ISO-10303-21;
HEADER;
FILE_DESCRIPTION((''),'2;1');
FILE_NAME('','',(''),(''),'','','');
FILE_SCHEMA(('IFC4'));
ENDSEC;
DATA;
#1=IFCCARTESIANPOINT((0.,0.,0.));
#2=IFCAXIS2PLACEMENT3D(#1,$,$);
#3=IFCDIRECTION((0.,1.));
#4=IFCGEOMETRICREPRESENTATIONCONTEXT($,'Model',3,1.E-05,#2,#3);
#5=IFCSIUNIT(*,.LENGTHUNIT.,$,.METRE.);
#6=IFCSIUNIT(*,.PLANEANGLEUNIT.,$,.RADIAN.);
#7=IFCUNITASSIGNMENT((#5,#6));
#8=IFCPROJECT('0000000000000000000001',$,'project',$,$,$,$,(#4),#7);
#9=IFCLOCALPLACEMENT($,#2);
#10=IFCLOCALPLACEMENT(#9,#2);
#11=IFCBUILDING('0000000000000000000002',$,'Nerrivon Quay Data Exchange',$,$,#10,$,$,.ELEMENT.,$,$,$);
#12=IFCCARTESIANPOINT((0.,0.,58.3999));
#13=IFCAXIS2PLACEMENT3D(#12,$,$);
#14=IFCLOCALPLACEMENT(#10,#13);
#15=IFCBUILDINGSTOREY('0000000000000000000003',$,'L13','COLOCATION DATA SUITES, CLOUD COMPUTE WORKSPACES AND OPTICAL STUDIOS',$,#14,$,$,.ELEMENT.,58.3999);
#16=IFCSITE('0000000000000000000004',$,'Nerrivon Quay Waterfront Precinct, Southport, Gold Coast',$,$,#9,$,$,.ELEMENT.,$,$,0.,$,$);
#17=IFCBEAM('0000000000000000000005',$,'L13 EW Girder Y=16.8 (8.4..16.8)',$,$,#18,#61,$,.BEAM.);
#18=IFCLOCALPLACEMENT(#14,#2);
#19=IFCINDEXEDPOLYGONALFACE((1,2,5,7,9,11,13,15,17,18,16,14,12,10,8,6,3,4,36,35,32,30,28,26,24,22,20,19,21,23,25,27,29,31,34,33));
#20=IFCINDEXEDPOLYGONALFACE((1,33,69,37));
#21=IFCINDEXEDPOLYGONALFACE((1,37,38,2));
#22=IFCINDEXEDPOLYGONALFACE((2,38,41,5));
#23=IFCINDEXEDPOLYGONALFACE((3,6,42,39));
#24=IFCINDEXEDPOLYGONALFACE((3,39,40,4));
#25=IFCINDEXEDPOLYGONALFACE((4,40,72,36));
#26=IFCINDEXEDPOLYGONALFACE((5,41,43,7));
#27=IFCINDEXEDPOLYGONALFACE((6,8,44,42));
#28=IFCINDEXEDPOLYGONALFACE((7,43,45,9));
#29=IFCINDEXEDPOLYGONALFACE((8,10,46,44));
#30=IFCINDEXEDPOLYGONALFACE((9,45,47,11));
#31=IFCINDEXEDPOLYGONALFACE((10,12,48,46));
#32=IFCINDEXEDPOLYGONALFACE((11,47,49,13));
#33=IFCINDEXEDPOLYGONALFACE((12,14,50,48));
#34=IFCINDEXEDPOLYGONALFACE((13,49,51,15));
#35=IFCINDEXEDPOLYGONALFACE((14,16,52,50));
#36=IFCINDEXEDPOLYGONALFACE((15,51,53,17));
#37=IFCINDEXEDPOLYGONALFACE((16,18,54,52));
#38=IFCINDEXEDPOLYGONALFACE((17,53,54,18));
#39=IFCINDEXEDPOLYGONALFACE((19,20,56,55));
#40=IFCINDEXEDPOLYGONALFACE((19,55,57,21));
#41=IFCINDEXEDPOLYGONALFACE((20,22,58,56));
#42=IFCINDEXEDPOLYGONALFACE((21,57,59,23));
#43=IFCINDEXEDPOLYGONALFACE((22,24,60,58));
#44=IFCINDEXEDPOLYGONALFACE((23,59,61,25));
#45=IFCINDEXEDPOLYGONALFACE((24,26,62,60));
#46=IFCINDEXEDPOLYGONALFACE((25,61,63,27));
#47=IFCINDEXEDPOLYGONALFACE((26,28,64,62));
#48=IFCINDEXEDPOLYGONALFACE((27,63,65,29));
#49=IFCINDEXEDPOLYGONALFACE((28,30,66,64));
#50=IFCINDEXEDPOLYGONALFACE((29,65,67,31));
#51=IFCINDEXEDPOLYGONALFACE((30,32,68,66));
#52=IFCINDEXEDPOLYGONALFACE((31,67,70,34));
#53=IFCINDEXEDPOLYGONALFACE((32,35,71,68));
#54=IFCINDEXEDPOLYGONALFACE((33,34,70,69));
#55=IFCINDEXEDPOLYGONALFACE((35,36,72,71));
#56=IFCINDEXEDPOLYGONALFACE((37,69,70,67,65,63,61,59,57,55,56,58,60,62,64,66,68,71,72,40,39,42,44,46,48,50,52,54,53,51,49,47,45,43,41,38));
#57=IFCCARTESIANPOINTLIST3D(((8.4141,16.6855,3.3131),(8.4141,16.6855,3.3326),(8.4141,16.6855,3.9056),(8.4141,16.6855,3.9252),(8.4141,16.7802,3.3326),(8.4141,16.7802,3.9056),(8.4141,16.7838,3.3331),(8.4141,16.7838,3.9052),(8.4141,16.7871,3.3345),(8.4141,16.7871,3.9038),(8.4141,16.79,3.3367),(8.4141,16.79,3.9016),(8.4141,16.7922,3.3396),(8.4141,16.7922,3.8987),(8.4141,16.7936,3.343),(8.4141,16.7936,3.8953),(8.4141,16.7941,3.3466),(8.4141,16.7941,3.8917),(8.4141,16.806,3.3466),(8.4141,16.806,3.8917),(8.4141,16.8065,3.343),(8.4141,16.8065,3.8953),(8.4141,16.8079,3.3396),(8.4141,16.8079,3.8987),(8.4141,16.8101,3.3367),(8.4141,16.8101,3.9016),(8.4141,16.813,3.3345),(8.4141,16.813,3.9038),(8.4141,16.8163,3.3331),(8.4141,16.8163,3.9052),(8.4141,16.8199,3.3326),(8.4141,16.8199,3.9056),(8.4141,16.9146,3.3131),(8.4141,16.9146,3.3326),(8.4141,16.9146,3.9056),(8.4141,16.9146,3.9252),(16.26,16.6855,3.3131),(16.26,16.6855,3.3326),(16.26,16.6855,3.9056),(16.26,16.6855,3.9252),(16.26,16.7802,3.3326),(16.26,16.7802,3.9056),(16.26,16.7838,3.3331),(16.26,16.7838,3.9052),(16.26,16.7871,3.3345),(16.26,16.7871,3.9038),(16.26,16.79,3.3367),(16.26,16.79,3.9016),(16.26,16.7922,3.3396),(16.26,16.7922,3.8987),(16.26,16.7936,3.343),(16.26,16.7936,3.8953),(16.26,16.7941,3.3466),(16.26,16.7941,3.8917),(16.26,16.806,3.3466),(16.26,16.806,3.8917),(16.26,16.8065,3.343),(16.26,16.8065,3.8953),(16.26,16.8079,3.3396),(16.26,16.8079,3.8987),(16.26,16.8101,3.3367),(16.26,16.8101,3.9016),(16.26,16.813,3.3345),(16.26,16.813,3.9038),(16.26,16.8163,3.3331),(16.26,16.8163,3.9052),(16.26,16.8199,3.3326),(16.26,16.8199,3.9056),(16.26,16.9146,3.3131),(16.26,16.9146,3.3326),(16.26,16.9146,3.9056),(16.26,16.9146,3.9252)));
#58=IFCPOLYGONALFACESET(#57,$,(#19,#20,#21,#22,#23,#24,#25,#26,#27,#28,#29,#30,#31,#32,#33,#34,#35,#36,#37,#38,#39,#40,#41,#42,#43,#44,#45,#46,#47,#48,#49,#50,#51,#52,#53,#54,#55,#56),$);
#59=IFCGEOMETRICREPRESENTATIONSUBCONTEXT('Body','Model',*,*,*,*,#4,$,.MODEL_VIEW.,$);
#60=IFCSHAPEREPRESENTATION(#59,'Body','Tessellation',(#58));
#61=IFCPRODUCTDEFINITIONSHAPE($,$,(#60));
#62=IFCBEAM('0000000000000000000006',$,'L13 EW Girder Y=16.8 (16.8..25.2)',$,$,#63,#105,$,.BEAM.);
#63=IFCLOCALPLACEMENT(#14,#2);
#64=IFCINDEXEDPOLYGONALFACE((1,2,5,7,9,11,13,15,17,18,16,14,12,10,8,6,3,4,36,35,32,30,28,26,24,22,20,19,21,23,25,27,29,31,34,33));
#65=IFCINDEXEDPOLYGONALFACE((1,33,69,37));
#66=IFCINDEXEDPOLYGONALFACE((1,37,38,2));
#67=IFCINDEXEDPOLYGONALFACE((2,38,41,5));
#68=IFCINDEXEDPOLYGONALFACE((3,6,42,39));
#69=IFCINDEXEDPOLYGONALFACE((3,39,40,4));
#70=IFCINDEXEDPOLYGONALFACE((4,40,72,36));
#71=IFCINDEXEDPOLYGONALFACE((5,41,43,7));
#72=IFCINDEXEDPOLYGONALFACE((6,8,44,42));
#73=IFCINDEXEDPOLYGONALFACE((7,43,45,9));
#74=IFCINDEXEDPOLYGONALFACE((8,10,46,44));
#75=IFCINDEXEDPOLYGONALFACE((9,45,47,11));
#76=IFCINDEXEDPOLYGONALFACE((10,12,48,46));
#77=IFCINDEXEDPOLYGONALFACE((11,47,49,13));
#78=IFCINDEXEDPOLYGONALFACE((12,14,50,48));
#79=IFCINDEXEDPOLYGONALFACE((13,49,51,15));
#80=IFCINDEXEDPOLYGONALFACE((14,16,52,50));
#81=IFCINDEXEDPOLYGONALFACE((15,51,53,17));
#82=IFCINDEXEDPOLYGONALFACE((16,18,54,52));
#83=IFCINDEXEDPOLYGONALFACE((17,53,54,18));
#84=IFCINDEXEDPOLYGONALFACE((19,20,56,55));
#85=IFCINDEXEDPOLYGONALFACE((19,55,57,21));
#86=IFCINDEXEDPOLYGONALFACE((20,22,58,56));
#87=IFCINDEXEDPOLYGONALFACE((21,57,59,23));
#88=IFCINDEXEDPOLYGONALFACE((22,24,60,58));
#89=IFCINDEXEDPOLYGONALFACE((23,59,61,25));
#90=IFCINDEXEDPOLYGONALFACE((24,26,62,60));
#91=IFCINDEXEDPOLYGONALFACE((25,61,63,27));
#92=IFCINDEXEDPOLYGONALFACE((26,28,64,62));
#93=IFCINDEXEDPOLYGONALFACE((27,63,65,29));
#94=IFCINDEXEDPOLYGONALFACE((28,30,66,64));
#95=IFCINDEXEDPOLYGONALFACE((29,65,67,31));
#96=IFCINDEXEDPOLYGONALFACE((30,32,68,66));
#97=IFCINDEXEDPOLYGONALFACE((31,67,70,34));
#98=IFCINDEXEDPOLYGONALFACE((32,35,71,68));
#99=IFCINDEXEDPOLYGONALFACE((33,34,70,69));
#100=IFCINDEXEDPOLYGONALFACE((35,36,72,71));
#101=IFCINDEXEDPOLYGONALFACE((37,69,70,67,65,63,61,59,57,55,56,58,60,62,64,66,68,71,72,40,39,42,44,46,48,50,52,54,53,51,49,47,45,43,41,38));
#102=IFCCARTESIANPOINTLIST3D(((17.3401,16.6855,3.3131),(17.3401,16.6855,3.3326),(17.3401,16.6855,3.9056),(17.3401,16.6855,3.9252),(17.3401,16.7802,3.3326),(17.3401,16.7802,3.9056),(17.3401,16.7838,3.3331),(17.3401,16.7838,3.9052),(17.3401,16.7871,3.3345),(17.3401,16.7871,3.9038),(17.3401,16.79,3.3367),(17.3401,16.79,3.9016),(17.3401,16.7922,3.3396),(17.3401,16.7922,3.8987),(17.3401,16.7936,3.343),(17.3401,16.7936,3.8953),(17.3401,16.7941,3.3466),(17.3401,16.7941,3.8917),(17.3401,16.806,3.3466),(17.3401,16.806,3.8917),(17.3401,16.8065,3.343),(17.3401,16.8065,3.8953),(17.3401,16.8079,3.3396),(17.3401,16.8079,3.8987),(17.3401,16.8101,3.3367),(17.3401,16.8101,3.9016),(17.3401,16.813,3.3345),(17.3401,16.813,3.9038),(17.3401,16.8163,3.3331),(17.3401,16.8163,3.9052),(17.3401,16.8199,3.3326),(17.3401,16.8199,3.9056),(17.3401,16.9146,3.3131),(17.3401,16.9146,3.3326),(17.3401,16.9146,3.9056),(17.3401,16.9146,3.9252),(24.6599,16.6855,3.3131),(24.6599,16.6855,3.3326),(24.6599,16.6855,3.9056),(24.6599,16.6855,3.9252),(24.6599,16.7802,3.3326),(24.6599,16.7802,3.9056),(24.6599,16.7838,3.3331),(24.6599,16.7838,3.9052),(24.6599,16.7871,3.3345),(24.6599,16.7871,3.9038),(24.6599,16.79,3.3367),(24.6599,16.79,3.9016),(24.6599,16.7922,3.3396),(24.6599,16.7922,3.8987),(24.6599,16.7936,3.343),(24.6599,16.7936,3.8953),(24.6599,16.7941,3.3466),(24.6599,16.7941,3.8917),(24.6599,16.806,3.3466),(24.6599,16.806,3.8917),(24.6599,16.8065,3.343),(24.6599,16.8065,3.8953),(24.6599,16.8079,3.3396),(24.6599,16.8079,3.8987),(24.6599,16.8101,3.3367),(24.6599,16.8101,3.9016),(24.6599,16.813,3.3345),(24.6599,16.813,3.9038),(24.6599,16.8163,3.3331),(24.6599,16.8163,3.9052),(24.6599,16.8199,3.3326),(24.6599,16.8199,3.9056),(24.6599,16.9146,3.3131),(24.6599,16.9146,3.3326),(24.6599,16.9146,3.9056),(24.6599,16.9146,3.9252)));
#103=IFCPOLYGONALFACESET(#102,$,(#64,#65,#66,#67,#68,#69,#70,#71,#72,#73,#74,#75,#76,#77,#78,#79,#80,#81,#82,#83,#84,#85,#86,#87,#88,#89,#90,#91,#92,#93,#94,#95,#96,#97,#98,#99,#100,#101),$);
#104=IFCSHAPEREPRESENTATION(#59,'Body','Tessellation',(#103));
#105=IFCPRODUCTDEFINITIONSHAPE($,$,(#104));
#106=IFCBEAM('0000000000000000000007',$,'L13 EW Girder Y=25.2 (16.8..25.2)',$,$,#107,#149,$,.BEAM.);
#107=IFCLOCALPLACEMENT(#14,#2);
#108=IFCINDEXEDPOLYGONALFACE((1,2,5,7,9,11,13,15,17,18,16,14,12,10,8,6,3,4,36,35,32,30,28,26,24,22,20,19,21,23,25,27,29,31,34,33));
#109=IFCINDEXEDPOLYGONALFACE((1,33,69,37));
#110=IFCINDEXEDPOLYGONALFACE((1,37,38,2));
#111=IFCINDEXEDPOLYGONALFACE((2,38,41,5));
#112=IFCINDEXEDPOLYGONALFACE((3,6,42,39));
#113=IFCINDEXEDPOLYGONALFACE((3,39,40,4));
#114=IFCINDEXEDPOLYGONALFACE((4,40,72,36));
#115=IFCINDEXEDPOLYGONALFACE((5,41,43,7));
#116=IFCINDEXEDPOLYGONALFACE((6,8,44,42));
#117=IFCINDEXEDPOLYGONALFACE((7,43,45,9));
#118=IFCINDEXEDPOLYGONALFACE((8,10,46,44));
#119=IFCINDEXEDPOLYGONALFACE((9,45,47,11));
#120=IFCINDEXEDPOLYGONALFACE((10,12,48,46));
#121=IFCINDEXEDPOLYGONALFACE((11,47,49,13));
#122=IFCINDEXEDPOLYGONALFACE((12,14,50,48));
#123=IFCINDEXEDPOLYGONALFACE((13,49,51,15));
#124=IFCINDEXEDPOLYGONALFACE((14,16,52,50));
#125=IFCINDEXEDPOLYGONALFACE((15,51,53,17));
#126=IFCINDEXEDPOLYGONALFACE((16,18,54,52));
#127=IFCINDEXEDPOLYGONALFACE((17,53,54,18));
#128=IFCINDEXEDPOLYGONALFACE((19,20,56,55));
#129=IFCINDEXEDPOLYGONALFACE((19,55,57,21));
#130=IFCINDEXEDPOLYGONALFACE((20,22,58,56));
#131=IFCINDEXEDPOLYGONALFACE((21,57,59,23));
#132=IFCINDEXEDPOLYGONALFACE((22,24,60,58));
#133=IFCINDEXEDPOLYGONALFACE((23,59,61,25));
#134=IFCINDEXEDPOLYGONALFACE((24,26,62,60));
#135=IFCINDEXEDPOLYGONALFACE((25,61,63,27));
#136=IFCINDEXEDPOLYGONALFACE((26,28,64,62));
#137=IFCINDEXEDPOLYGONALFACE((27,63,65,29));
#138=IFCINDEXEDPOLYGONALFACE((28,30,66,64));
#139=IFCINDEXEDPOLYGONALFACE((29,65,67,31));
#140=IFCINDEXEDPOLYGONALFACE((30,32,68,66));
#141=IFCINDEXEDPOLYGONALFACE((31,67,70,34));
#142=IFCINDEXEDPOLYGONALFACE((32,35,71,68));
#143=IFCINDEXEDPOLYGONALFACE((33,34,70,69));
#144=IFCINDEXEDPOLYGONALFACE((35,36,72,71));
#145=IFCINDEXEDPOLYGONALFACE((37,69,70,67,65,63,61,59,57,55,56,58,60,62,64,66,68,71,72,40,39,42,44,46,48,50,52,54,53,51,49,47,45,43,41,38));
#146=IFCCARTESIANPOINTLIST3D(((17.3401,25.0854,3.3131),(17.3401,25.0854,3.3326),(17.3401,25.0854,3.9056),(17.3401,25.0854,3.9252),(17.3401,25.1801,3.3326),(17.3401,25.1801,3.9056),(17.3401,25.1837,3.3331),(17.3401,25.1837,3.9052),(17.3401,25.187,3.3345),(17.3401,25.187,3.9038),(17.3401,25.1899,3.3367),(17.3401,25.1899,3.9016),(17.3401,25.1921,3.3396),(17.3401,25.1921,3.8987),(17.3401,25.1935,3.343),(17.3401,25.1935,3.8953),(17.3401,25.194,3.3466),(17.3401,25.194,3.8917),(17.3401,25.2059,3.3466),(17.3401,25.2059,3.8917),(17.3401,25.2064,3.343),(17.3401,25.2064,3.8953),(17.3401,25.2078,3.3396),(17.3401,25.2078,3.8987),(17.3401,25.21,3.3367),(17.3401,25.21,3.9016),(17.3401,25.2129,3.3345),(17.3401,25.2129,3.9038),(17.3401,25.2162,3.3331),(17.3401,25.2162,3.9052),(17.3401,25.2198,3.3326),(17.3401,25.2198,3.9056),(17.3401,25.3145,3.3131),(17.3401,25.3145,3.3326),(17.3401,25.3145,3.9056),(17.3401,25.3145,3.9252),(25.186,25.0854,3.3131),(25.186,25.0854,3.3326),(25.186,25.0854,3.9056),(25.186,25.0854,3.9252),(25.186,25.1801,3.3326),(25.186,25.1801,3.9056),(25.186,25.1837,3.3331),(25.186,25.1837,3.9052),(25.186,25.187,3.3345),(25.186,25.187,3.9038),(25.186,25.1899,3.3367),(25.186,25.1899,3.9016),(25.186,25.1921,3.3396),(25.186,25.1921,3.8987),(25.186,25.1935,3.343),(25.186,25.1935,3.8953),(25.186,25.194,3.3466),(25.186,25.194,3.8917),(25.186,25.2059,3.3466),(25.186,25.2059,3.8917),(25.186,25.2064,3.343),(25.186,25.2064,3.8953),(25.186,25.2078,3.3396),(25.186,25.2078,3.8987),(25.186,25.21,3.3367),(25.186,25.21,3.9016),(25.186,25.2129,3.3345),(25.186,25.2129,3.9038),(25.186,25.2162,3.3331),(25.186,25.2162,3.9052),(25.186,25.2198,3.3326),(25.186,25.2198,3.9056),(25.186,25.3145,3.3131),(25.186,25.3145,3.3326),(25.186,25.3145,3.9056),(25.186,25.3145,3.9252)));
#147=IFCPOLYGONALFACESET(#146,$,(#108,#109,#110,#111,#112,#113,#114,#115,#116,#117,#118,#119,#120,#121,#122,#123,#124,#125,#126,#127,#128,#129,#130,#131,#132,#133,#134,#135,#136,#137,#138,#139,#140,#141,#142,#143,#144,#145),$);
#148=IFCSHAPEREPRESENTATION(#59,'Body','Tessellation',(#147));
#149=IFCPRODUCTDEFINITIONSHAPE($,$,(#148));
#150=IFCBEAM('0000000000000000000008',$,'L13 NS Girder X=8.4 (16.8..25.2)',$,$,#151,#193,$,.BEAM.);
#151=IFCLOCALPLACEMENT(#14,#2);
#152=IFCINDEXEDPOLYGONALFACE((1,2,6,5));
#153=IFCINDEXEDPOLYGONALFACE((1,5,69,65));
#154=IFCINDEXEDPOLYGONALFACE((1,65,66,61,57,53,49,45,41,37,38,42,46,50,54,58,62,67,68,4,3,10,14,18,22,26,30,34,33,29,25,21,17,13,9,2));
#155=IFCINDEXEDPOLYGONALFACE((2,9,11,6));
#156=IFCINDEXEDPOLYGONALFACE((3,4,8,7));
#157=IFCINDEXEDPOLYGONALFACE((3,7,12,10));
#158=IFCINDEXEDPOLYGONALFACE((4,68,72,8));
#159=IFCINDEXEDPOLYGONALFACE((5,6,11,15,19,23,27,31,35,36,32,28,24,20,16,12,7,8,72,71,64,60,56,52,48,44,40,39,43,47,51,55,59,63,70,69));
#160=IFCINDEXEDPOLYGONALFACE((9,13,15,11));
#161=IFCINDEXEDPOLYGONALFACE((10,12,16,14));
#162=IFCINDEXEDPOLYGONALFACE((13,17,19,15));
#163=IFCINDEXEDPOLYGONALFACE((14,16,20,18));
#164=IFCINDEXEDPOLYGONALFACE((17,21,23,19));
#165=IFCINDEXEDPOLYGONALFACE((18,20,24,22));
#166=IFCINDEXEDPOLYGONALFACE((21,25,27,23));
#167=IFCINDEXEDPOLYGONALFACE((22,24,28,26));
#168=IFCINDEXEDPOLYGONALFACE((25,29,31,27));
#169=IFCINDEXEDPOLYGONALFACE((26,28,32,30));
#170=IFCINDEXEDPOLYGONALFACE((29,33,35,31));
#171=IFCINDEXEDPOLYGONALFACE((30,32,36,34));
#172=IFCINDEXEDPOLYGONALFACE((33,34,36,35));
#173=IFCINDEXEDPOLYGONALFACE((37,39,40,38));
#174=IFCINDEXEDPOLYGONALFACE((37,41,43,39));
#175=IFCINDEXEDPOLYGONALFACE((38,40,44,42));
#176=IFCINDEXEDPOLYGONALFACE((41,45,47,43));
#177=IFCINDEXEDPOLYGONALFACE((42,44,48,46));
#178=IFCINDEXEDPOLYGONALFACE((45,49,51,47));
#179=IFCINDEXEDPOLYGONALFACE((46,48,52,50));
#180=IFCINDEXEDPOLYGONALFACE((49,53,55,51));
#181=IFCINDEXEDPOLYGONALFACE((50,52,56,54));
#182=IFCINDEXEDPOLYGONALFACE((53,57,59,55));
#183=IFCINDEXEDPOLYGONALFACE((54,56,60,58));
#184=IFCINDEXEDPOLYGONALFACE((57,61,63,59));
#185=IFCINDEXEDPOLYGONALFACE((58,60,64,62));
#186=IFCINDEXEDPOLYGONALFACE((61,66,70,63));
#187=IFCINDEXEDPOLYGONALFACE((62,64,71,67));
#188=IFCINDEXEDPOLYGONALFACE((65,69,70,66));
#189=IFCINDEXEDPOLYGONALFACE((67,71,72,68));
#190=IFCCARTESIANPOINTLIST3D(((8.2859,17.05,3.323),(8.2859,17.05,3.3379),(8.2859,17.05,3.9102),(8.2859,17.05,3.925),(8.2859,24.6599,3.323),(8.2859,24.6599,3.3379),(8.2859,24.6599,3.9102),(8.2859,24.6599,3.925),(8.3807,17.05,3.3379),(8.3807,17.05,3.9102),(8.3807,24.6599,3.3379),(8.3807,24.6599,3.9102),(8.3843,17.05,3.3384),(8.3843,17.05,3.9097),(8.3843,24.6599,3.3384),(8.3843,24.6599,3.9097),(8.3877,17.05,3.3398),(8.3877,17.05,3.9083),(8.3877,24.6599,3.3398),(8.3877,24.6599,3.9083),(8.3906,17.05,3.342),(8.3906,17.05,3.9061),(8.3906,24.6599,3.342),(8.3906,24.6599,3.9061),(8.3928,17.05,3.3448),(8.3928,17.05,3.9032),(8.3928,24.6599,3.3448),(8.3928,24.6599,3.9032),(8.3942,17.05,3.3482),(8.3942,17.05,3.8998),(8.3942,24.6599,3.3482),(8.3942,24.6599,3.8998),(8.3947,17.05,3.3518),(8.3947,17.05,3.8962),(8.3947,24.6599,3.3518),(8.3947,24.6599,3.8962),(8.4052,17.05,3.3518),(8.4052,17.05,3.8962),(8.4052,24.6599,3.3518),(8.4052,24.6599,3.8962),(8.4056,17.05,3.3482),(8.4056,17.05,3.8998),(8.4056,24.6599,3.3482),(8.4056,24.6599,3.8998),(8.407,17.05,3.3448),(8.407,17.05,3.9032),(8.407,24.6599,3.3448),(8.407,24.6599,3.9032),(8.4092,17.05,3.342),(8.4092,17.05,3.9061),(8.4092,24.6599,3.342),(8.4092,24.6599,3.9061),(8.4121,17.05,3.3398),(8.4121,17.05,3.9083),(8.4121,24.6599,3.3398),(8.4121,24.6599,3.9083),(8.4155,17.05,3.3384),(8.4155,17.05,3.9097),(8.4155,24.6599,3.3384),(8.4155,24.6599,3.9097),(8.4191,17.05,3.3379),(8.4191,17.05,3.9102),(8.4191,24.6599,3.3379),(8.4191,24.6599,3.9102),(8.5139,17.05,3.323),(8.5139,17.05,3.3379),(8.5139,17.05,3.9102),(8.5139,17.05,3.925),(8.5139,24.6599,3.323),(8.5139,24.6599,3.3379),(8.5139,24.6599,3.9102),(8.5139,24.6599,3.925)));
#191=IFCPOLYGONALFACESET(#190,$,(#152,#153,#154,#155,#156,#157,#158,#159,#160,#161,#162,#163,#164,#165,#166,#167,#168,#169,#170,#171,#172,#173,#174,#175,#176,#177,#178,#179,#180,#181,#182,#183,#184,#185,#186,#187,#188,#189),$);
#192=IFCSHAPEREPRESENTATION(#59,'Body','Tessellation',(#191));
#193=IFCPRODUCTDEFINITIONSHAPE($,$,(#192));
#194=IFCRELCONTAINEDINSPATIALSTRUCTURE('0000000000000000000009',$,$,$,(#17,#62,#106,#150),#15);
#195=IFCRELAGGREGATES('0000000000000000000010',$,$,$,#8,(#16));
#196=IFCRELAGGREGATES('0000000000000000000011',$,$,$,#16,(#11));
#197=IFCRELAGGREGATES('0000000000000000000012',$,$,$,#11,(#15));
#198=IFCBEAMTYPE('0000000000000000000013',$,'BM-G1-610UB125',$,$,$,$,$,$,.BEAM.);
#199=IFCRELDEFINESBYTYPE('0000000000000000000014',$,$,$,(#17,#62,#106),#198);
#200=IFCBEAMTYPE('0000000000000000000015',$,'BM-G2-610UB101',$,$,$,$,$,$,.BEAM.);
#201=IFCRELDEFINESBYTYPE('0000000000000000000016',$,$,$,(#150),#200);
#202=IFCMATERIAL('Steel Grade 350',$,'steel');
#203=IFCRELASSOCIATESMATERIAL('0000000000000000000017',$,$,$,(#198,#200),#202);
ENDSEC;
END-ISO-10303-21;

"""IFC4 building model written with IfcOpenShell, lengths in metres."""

from ifc_helpers import new_model, si_unit, direction, frame, origin, origin_2d, place, context, subcontext, project, spatial, i_section, extrude, material, material_profile, profile_set, type_object, element, save


model = new_model("IFC4")

# Units and contexts
model_context = context("Model", 3, precision=1e-05, world=origin(), true_north=direction((0.0, 1.0)))
body_context = subcontext(model_context, "Body", "Model", "MODEL_VIEW")
ifc_project = project(units=[si_unit("LENGTHUNIT", "METRE"), si_unit("PLANEANGLEUNIT", "RADIAN")], contexts=[model_context])

# Site, building, storey
site_placement = place(None, origin())
site = spatial("IfcSite", under=ifc_project, at=site_placement, Name="Nerrivon Quay Waterfront Precinct, Southport, Gold Coast", CompositionType="ELEMENT", RefElevation=0.0)
building_placement = place(site_placement, origin())
building = spatial("IfcBuilding", under=site, at=building_placement, Name="Nerrivon Quay Data Exchange", CompositionType="ELEMENT")
storey_placement = place(building_placement, frame((0.0, 0.0, 58.3999)))
storey = spatial("IfcBuildingStorey", under=building, at=storey_placement, Name="L13", Description="COLOCATION DATA SUITES, CLOUD COMPUTE WORKSPACES AND OPTICAL STUDIOS", CompositionType="ELEMENT", Elevation=58.3999)

# Shared definitions
ifc_material_1 = material(Name="Steel Grade 350", Category="steel")

# Beams
ifc_material_profile_1 = material_profile(ifc_material_1, i_section(OverallWidth=0.229, OverallDepth=0.6121, WebThickness=0.012, FlangeThickness=0.0195, FilletRadius=0.0139, at=origin_2d()), Name="610UB125")
ifc_profile_set_1 = profile_set([ifc_material_profile_1], Name="Steel Grade 350")
beam_type_1 = type_object("IfcBeamType", Name="BM-G1-610UB125", PredefinedType="BEAM", material=ifc_profile_set_1)
beam_1_placement = place(storey_placement, frame((8.4141, 16.8, 3.6191), z_axis=(1.0, 0.0, 0.0), x_axis=(0.0, 1.0, 0.0)))
element("IfcBeam", 1, at=beam_1_placement, inside=storey, type_object=beam_type_1, Name="L13 EW Girder Y=16.8 (8.4..16.8)", PredefinedType="BEAM", context=body_context, shape_type="SweptSolid", body=[
    extrude(i_section(OverallWidth=0.229, OverallDepth=0.6121, WebThickness=0.012, FlangeThickness=0.0195, FilletRadius=0.0139, at=origin_2d()), origin(), (0.0, 0.0, 1.0), 7.8459),
])
beam_2_placement = place(storey_placement, frame((17.3401, 16.8, 3.6191), z_axis=(1.0, 0.0, 0.0), x_axis=(0.0, 1.0, 0.0)))
element("IfcBeam", 2, at=beam_2_placement, inside=storey, type_object=beam_type_1, Name="L13 EW Girder Y=16.8 (16.8..25.2)", PredefinedType="BEAM", context=body_context, shape_type="SweptSolid", body=[
    extrude(i_section(OverallWidth=0.229, OverallDepth=0.6121, WebThickness=0.012, FlangeThickness=0.0195, FilletRadius=0.0139, at=origin_2d()), origin(), (0.0, 0.0, 1.0), 7.3198),
])
beam_3_placement = place(storey_placement, frame((17.3401, 25.2, 3.6191), z_axis=(1.0, 0.0, 0.0), x_axis=(0.0, 1.0, 0.0)))
element("IfcBeam", 3, at=beam_3_placement, inside=storey, type_object=beam_type_1, Name="L13 EW Girder Y=25.2 (16.8..25.2)", PredefinedType="BEAM", context=body_context, shape_type="SweptSolid", body=[
    extrude(i_section(OverallWidth=0.229, OverallDepth=0.6121, WebThickness=0.012, FlangeThickness=0.0195, FilletRadius=0.0139, at=origin_2d()), origin(), (0.0, 0.0, 1.0), 7.8459),
])
ifc_material_profile_2 = material_profile(ifc_material_1, i_section(OverallWidth=0.228, OverallDepth=0.6021, WebThickness=0.0105, FlangeThickness=0.0149, FilletRadius=0.0139, at=origin_2d()), Name="610UB101")
ifc_profile_set_2 = profile_set([ifc_material_profile_2], Name="Steel Grade 350")
beam_type_2 = type_object("IfcBeamType", Name="BM-G2-610UB101", PredefinedType="BEAM", material=ifc_profile_set_2)
beam_4_placement = place(storey_placement, frame((8.3999, 17.05, 3.624), z_axis=(0.0, 1.0, 0.0), x_axis=(-1.0, 0.0, 0.0)))
element("IfcBeam", 4, at=beam_4_placement, inside=storey, type_object=beam_type_2, Name="L13 NS Girder X=8.4 (16.8..25.2)", PredefinedType="BEAM", context=body_context, shape_type="SweptSolid", body=[
    extrude(i_section(OverallWidth=0.228, OverallDepth=0.6021, WebThickness=0.0105, FlangeThickness=0.0149, FilletRadius=0.0139, at=origin_2d()), origin(), (0.0, 0.0, 1.0), 7.6099),
])

save(model, "model.ifc")
